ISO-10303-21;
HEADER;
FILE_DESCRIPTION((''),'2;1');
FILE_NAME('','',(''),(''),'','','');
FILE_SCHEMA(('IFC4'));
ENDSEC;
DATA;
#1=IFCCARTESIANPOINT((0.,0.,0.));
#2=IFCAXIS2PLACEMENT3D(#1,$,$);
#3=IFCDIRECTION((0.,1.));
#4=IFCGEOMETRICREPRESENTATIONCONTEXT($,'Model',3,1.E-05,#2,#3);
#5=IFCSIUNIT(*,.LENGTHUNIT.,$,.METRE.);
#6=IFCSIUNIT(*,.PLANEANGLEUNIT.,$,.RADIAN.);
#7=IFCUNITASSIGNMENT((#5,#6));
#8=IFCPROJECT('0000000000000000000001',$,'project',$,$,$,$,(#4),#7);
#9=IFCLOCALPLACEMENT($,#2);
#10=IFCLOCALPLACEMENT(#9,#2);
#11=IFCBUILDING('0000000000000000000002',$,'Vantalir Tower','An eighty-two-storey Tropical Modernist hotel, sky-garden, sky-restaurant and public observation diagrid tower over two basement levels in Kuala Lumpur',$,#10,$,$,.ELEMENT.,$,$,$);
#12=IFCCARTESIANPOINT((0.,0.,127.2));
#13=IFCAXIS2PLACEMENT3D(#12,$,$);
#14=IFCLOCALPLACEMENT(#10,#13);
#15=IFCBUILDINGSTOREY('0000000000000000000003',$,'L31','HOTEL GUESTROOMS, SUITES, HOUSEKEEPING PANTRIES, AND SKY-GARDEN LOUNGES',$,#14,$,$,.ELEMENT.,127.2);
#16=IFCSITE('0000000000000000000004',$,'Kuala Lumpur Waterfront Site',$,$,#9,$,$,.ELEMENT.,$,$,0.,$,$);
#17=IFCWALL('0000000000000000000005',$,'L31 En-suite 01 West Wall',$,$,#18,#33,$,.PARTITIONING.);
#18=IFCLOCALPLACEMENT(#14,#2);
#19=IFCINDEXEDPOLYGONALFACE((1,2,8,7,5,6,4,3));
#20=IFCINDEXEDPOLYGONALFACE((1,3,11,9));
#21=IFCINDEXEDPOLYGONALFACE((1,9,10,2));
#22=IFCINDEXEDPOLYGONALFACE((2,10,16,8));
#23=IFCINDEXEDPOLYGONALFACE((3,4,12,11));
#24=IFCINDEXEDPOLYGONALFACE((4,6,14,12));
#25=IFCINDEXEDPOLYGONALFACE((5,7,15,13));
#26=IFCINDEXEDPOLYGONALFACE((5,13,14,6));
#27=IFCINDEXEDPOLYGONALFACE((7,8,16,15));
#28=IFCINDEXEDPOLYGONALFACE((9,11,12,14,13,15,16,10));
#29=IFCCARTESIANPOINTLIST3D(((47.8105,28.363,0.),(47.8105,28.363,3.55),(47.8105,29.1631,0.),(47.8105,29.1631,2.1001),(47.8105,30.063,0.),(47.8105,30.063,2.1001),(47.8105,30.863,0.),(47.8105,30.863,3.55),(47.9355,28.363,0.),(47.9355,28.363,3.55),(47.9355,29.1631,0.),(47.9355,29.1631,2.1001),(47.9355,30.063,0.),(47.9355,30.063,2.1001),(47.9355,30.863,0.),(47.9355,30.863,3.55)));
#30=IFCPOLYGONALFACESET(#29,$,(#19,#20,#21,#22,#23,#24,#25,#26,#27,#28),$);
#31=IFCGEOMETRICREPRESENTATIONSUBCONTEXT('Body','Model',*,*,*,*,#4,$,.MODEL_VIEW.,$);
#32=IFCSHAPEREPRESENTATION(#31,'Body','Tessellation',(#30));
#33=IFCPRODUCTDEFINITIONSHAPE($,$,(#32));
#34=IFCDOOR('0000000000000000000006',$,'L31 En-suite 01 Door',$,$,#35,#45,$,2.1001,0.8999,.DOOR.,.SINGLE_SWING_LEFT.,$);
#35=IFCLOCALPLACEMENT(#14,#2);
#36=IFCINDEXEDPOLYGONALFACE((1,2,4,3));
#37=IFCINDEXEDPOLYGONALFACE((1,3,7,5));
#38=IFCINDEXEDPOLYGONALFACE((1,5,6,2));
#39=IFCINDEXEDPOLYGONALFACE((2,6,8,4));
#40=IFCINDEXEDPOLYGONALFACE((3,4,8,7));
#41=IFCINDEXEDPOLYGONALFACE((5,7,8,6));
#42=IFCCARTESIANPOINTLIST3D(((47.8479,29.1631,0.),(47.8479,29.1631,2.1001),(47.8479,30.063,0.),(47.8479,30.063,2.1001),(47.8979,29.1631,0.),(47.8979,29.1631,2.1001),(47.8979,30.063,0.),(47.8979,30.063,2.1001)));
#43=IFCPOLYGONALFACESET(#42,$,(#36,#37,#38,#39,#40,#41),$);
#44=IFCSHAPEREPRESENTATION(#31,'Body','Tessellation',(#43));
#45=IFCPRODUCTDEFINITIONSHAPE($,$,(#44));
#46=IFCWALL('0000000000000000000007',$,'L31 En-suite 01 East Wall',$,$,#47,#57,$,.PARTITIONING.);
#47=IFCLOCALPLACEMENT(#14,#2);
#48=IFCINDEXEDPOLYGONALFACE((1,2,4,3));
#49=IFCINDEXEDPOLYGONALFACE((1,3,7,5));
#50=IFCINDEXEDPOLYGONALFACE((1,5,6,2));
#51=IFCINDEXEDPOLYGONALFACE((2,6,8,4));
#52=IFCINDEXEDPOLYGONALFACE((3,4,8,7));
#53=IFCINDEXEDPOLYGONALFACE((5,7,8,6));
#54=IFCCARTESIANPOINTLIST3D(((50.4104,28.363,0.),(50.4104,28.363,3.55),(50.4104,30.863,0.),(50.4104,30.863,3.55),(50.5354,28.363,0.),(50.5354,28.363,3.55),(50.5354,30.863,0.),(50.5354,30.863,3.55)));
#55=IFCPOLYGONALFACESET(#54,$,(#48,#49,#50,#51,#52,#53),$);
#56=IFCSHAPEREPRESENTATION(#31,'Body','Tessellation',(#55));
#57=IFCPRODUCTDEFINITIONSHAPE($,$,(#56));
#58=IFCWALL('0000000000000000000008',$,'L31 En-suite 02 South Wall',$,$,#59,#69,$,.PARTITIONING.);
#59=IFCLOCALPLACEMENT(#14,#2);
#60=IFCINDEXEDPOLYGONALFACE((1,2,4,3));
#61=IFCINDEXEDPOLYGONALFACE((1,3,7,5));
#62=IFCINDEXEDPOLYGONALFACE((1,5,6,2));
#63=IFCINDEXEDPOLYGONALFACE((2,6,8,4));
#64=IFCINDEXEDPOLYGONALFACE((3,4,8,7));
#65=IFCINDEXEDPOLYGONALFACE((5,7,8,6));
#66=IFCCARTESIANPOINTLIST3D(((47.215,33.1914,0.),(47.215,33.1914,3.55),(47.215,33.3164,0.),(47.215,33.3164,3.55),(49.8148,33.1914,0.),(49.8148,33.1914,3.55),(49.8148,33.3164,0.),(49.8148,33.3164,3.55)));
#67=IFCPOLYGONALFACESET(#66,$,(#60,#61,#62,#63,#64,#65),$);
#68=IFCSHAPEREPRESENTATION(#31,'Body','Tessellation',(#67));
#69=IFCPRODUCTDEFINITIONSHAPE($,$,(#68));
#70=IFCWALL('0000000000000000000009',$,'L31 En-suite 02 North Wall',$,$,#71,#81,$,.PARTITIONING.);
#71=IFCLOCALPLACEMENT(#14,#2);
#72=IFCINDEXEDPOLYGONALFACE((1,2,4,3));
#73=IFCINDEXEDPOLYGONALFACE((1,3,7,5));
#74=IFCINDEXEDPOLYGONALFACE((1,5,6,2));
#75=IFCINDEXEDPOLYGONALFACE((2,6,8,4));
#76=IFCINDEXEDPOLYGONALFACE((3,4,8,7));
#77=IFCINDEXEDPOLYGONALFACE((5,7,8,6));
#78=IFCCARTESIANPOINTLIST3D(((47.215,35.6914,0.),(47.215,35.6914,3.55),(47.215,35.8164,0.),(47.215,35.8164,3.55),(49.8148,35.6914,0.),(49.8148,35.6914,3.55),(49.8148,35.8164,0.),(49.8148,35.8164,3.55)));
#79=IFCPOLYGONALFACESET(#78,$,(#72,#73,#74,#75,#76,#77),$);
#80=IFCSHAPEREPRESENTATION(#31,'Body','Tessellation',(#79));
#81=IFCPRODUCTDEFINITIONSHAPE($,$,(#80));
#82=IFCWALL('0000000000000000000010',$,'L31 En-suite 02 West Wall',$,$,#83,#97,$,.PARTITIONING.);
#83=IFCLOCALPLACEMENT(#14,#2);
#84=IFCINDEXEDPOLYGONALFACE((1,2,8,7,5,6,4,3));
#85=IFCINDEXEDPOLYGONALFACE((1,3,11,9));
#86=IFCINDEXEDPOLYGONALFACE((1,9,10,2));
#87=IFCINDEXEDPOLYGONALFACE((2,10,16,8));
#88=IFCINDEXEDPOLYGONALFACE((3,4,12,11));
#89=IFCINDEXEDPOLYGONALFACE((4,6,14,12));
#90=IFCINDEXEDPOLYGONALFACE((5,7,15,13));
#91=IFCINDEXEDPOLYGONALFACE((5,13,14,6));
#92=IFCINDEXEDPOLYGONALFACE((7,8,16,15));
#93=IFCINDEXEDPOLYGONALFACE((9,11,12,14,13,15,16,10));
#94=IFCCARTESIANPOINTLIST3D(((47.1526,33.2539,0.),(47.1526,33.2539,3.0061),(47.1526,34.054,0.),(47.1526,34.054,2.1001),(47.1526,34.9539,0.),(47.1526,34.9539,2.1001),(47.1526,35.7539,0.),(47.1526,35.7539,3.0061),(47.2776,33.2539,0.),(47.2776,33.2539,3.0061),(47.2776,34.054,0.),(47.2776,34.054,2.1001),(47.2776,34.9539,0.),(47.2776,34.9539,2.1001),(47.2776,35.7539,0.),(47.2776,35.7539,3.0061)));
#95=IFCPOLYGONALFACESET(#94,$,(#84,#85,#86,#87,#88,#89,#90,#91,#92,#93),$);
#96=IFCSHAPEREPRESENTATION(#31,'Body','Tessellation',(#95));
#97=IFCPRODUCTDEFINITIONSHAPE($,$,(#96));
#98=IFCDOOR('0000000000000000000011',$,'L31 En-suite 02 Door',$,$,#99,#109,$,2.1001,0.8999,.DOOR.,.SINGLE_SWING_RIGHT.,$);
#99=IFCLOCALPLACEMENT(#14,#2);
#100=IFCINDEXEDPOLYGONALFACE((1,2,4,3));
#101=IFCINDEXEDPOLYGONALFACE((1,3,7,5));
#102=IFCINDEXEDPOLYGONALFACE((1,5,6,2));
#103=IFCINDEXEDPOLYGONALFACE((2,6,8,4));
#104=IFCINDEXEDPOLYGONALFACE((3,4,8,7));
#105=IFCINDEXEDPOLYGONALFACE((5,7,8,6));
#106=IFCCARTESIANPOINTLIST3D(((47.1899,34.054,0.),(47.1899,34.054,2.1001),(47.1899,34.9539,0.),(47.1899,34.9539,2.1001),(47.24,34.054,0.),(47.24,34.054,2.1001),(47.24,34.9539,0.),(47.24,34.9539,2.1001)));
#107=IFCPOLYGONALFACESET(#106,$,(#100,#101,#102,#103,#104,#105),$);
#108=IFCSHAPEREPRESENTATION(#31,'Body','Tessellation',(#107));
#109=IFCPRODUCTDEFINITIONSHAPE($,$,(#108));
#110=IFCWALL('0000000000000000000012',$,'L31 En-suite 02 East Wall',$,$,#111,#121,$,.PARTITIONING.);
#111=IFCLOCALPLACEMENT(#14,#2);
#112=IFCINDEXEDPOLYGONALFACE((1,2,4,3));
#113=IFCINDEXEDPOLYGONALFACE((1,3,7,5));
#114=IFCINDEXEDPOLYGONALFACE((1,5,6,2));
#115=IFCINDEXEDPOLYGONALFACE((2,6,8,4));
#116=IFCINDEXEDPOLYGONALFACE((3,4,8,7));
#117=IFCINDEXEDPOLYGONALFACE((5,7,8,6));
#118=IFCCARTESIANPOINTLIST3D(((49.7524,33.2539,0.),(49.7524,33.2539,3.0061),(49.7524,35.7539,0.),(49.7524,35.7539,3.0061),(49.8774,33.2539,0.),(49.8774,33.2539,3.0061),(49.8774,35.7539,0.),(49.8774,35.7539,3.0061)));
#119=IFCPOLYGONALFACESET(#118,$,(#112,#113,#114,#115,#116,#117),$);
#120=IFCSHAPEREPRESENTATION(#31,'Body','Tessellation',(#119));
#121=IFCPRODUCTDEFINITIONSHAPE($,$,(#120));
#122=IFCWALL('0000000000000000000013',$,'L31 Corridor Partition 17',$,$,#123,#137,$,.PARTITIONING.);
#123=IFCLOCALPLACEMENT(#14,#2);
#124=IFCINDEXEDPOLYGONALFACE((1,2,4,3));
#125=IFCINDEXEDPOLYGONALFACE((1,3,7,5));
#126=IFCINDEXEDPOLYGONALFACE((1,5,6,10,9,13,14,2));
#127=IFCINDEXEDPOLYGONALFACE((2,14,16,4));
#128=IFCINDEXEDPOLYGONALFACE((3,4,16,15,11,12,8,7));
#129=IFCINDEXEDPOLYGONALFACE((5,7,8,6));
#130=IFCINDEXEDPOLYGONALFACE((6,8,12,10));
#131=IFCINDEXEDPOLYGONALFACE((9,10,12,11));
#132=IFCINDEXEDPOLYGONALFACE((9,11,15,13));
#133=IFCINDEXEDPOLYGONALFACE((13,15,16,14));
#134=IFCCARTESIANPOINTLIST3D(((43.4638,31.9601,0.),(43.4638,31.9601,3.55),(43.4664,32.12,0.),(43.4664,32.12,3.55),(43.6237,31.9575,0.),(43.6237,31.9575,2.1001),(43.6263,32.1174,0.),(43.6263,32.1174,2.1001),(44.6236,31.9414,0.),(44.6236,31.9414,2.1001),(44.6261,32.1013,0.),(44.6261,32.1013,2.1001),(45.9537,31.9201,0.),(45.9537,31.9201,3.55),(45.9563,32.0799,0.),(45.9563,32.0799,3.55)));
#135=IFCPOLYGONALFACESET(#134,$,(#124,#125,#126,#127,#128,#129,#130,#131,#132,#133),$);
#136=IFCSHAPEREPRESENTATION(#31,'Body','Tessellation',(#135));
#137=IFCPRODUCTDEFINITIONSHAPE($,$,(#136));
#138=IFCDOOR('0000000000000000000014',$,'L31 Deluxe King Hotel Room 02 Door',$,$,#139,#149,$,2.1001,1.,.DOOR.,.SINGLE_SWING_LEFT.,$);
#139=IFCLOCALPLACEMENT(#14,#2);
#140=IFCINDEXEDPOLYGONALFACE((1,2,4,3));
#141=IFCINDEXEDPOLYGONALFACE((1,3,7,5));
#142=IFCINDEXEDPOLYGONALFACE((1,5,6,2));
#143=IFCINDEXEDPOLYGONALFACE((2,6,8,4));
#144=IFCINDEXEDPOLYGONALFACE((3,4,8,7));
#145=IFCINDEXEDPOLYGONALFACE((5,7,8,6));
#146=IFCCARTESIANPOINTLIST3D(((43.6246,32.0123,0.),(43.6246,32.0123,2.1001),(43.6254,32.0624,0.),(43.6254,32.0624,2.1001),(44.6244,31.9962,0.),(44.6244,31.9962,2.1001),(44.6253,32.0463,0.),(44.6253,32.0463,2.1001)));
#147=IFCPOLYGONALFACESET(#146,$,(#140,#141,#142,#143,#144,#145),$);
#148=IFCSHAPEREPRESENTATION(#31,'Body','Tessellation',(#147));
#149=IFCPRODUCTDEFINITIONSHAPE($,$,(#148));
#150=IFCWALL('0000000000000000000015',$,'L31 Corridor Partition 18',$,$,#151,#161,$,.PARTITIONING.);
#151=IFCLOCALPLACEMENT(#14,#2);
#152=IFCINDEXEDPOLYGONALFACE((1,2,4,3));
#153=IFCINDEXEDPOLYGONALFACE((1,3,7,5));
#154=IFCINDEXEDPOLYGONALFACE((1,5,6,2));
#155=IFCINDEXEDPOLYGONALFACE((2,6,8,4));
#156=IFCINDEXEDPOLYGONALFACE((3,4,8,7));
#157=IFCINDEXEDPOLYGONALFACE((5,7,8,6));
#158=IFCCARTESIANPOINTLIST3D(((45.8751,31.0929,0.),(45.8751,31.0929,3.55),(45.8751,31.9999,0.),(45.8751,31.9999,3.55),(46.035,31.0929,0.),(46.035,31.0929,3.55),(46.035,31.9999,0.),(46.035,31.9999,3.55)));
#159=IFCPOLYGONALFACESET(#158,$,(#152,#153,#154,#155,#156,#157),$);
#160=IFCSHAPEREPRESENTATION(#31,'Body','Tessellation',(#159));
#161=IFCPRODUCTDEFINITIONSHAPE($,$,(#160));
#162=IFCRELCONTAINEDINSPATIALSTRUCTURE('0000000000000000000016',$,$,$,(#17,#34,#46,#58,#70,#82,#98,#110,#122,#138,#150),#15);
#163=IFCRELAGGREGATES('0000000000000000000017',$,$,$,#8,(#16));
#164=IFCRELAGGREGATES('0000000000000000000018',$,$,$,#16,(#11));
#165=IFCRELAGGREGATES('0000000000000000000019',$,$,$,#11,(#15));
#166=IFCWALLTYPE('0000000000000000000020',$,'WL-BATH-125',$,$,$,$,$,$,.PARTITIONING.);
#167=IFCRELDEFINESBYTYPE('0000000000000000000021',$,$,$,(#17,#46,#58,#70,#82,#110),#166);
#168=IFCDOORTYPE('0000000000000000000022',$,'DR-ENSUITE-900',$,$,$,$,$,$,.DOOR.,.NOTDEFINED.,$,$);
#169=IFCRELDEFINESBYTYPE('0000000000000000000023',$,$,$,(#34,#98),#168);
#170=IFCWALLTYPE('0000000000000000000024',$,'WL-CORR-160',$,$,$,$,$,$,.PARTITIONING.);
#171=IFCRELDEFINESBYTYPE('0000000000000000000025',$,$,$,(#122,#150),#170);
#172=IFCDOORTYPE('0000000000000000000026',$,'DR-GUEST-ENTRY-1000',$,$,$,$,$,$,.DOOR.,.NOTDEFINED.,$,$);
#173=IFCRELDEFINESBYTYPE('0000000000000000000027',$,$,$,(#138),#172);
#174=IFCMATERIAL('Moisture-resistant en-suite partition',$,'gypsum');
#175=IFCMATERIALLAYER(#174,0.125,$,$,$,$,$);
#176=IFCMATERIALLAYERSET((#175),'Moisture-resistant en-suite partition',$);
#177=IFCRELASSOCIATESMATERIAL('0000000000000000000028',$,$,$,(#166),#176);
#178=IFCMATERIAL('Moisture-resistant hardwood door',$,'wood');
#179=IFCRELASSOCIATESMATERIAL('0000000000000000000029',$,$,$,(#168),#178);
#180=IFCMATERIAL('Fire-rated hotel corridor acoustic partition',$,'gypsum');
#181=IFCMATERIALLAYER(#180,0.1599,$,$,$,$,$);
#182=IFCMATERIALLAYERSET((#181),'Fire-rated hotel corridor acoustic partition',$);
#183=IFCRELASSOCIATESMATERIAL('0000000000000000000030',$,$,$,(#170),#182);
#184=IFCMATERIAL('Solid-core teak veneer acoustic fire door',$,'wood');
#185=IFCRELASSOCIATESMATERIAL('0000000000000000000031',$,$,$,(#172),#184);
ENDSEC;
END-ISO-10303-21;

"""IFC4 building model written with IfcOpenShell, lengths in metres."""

from ifc_helpers import new_model, si_unit, direction, frame, frame_2d, origin, place, context, subcontext, project, spatial, rectangle, extrude, material, layer, layer_set, type_object, element, fill, save


model = new_model("IFC4")

# Units and contexts
model_context = context("Model", 3, precision=1e-05, world=origin(), true_north=direction((0.0, 1.0)))
body_context = subcontext(model_context, "Body", "Model", "MODEL_VIEW")
ifc_project = project(units=[si_unit("LENGTHUNIT", "METRE"), si_unit("PLANEANGLEUNIT", "RADIAN")], contexts=[model_context])

# Site, building, storey
site_placement = place(None, origin())
site = spatial("IfcSite", under=ifc_project, at=site_placement, Name="Kuala Lumpur Waterfront Site", CompositionType="ELEMENT", RefElevation=0.0)
building_placement = place(site_placement, origin())
building = spatial("IfcBuilding", under=site, at=building_placement, Name="Vantalir Tower", Description="An eighty-two-storey Tropical Modernist hotel, sky-garden, sky-restaurant and public observation diagrid tower over two basement levels in Kuala Lumpur", CompositionType="ELEMENT")
storey_placement = place(building_placement, frame((0.0, 0.0, 127.2)))
storey = spatial("IfcBuildingStorey", under=building, at=storey_placement, Name="L31", Description="HOTEL GUESTROOMS, SUITES, HOUSEKEEPING PANTRIES, AND SKY-GARDEN LOUNGES", CompositionType="ELEMENT", Elevation=127.2)

# Shared definitions
ifc_material_1 = material(Name="Moisture-resistant en-suite partition", Category="gypsum")
ifc_layer_1 = layer(ifc_material_1, 0.125)
ifc_layer_set_1 = layer_set([ifc_layer_1], Name="Moisture-resistant en-suite partition")
wall_type_1 = type_object("IfcWallType", Name="WL-BATH-125", PredefinedType="PARTITIONING", material=ifc_layer_set_1)

# Wall, opening, door
wall_1_placement = place(storey_placement, frame((47.873, 28.363, 0.0), z_axis=(0.0, 0.0, 1.0), x_axis=(0.0, 1.0, 0.0)))
wall_1 = element("IfcWall", 1, at=wall_1_placement, inside=storey, type_object=wall_type_1, Name="L31 En-suite 01 West Wall", PredefinedType="PARTITIONING", context=body_context, shape_type="SweptSolid", body=[
    extrude(rectangle(XDim=2.5, YDim=0.125, at=frame_2d((1.25, 0.0))), origin(), (0.0, 0.0, 1.0), 3.55),
])
opening_1_placement = place(wall_1_placement, frame((0.8, 0.0, 0.0)))
opening_1 = element("IfcOpeningElement", 2, at=opening_1_placement, cuts=wall_1, PredefinedType="OPENING", context=body_context, shape_type="SweptSolid", body=[
    extrude(rectangle(XDim=0.8999, YDim=2.1001, at=frame_2d((0.45, 1.05))), frame((0.0, 0.0725, 0.0), z_axis=(0.0, -1.0, 0.0), x_axis=(1.0, 0.0, 0.0)), (0.0, 0.0, 1.0), 0.145),
])
ifc_material_2 = material(Name="Moisture-resistant hardwood door", Category="wood")
door_type_1 = type_object("IfcDoorType", Name="DR-ENSUITE-900", OperationType="NOTDEFINED", PredefinedType="DOOR", material=ifc_material_2)
door_1_placement = place(opening_1_placement, frame((0.8999, 0.0, 0.0), z_axis=(0.0, 0.0, 1.0), x_axis=(-1.0, 0.0, 0.0)))
door_1 = element("IfcDoor", 3, at=door_1_placement, inside=storey, type_object=door_type_1, Name="L31 En-suite 01 Door", OperationType="SINGLE_SWING_LEFT", OverallHeight=2.1001, OverallWidth=0.8999, PredefinedType="DOOR", context=body_context, shape_type="SweptSolid", body=[
    extrude(rectangle(XDim=0.8999, YDim=2.1001, at=frame_2d((0.45, 1.05))), frame((0.0, 0.0249, 0.0), z_axis=(0.0, -1.0, 0.0), x_axis=(1.0, 0.0, 0.0)), (0.0, 0.0, 1.0), 0.05),
])
fill(opening_1, door_1)

# Walls
wall_2_placement = place(storey_placement, frame((50.4729, 28.363, 0.0), z_axis=(0.0, 0.0, 1.0), x_axis=(0.0, 1.0, 0.0)))
element("IfcWall", 4, at=wall_2_placement, inside=storey, type_object=wall_type_1, Name="L31 En-suite 01 East Wall", PredefinedType="PARTITIONING", context=body_context, shape_type="SweptSolid", body=[
    extrude(rectangle(XDim=2.5, YDim=0.125, at=frame_2d((1.25, 0.0))), origin(), (0.0, 0.0, 1.0), 3.55),
])
for number, where, z_axis, x_axis, name in (
    (5, (47.2151, 33.2539, 0.0), (0.0, 0.0, 1.0), (1.0, 0.0, 0.0), "L31 En-suite 02 South Wall"),
    (6, (47.2151, 35.7539, 0.0), (0.0, 0.0, 1.0), (1.0, 0.0, 0.0), "L31 En-suite 02 North Wall"),
):
    element("IfcWall", number, at=place(storey_placement, frame(where, z_axis=z_axis, x_axis=x_axis)), inside=storey, type_object=wall_type_1, Name=name, PredefinedType="PARTITIONING", context=body_context, shape_type="SweptSolid", body=[
        extrude(rectangle(XDim=2.5999, YDim=0.125, at=frame_2d((1.2998, 0.0))), origin(), (0.0, 0.0, 1.0), 3.55),
    ])

# Wall, opening, door
wall_3_placement = place(storey_placement, frame((47.2151, 33.2539, 0.0), z_axis=(0.0, 0.0, 1.0), x_axis=(0.0, 1.0, 0.0)))
wall_3 = element("IfcWall", 7, at=wall_3_placement, inside=storey, type_object=wall_type_1, Name="L31 En-suite 02 West Wall", PredefinedType="PARTITIONING", context=body_context, shape_type="SweptSolid", body=[
    extrude(rectangle(XDim=2.5, YDim=0.125, at=frame_2d((1.25, 0.0))), origin(), (0.0, 0.0, 1.0), 3.0061),
])
opening_2_placement = place(wall_3_placement, frame((0.8, 0.0, 0.0)))
opening_2 = element("IfcOpeningElement", 8, at=opening_2_placement, cuts=wall_3, PredefinedType="OPENING", context=body_context, shape_type="SweptSolid", body=[
    extrude(rectangle(XDim=0.8999, YDim=2.1001, at=frame_2d((0.45, 1.05))), frame((0.0, 0.0725, 0.0), z_axis=(0.0, -1.0, 0.0), x_axis=(1.0, 0.0, 0.0)), (0.0, 0.0, 1.0), 0.145),
])
door_2_placement = place(opening_2_placement, frame((0.8999, 0.0, 0.0), z_axis=(0.0, 0.0, 1.0), x_axis=(-1.0, 0.0, 0.0)))
door_2 = element("IfcDoor", 9, at=door_2_placement, inside=storey, type_object=door_type_1, Name="L31 En-suite 02 Door", OperationType="SINGLE_SWING_RIGHT", OverallHeight=2.1001, OverallWidth=0.8999, PredefinedType="DOOR", context=body_context, shape_type="SweptSolid", body=[
    extrude(rectangle(XDim=0.8999, YDim=2.1001, at=frame_2d((0.45, 1.05))), frame((0.0, 0.0249, 0.0), z_axis=(0.0, -1.0, 0.0), x_axis=(1.0, 0.0, 0.0)), (0.0, 0.0, 1.0), 0.05),
])
fill(opening_2, door_2)

# Wall
wall_4_placement = place(storey_placement, frame((49.8149, 33.2539, 0.0), z_axis=(0.0, 0.0, 1.0), x_axis=(0.0, 1.0, 0.0)))
element("IfcWall", 10, at=wall_4_placement, inside=storey, type_object=wall_type_1, Name="L31 En-suite 02 East Wall", PredefinedType="PARTITIONING", context=body_context, shape_type="SweptSolid", body=[
    extrude(rectangle(XDim=2.5, YDim=0.125, at=frame_2d((1.25, 0.0))), origin(), (0.0, 0.0, 1.0), 3.0061),
])

# Wall, opening, door
ifc_material_3 = material(Name="Fire-rated hotel corridor acoustic partition", Category="gypsum")
ifc_layer_2 = layer(ifc_material_3, 0.1599)
ifc_layer_set_2 = layer_set([ifc_layer_2], Name="Fire-rated hotel corridor acoustic partition")
wall_type_2 = type_object("IfcWallType", Name="WL-CORR-160", PredefinedType="PARTITIONING", material=ifc_layer_set_2)
wall_5_placement = place(storey_placement, frame((43.4651, 32.04, 0.0), z_axis=(0.0, 0.0, 1.0), x_axis=(0.999871, -0.016078, 0.0)))
wall_5 = element("IfcWall", 11, at=wall_5_placement, inside=storey, type_object=wall_type_2, Name="L31 Corridor Partition 17", PredefinedType="PARTITIONING", context=body_context, shape_type="SweptSolid", body=[
    extrude(rectangle(XDim=2.4902, YDim=0.1599, at=frame_2d((1.2451, 0.0))), origin(), (0.0, 0.0, 1.0), 3.55),
])
opening_3_placement = place(wall_5_placement, frame((0.1599, 0.0, 0.0)))
opening_3 = element("IfcOpeningElement", 12, at=opening_3_placement, cuts=wall_5, PredefinedType="OPENING", context=body_context, shape_type="SweptSolid", body=[
    extrude(rectangle(XDim=1.0, YDim=2.1001, at=frame_2d((0.5, 1.05))), frame((0.0, 0.0898, 0.0), z_axis=(0.0, -1.0, 0.0), x_axis=(1.0, 0.0, 0.0)), (0.0, 0.0, 1.0), 0.1799),
])
ifc_material_4 = material(Name="Solid-core teak veneer acoustic fire door", Category="wood")
door_type_2 = type_object("IfcDoorType", Name="DR-GUEST-ENTRY-1000", OperationType="NOTDEFINED", PredefinedType="DOOR", material=ifc_material_4)
door_3_placement = place(opening_3_placement, origin())
door_3 = element("IfcDoor", 13, at=door_3_placement, inside=storey, type_object=door_type_2, Name="L31 Deluxe King Hotel Room 02 Door", OperationType="SINGLE_SWING_LEFT", OverallHeight=2.1001, OverallWidth=1.0, PredefinedType="DOOR", context=body_context, shape_type="SweptSolid", body=[
    extrude(rectangle(XDim=1.0, YDim=2.1001, at=frame_2d((0.5, 1.05))), frame((0.0, 0.0249, 0.0), z_axis=(0.0, -1.0, 0.0), x_axis=(1.0, 0.0, 0.0)), (0.0, 0.0, 1.0), 0.05),
])
fill(opening_3, door_3)

# Wall
wall_6_placement = place(storey_placement, frame((45.9551, 32.0, 0.0), z_axis=(0.0, 0.0, 1.0), x_axis=(0.0, -1.0, 0.0)))
element("IfcWall", 14, at=wall_6_placement, inside=storey, type_object=wall_type_2, Name="L31 Corridor Partition 18", PredefinedType="PARTITIONING", context=body_context, shape_type="SweptSolid", body=[
    extrude(rectangle(XDim=0.907, YDim=0.1599, at=frame_2d((0.4536, 0.0))), origin(), (0.0, 0.0, 1.0), 3.55),
])

save(model, "model.ifc")
